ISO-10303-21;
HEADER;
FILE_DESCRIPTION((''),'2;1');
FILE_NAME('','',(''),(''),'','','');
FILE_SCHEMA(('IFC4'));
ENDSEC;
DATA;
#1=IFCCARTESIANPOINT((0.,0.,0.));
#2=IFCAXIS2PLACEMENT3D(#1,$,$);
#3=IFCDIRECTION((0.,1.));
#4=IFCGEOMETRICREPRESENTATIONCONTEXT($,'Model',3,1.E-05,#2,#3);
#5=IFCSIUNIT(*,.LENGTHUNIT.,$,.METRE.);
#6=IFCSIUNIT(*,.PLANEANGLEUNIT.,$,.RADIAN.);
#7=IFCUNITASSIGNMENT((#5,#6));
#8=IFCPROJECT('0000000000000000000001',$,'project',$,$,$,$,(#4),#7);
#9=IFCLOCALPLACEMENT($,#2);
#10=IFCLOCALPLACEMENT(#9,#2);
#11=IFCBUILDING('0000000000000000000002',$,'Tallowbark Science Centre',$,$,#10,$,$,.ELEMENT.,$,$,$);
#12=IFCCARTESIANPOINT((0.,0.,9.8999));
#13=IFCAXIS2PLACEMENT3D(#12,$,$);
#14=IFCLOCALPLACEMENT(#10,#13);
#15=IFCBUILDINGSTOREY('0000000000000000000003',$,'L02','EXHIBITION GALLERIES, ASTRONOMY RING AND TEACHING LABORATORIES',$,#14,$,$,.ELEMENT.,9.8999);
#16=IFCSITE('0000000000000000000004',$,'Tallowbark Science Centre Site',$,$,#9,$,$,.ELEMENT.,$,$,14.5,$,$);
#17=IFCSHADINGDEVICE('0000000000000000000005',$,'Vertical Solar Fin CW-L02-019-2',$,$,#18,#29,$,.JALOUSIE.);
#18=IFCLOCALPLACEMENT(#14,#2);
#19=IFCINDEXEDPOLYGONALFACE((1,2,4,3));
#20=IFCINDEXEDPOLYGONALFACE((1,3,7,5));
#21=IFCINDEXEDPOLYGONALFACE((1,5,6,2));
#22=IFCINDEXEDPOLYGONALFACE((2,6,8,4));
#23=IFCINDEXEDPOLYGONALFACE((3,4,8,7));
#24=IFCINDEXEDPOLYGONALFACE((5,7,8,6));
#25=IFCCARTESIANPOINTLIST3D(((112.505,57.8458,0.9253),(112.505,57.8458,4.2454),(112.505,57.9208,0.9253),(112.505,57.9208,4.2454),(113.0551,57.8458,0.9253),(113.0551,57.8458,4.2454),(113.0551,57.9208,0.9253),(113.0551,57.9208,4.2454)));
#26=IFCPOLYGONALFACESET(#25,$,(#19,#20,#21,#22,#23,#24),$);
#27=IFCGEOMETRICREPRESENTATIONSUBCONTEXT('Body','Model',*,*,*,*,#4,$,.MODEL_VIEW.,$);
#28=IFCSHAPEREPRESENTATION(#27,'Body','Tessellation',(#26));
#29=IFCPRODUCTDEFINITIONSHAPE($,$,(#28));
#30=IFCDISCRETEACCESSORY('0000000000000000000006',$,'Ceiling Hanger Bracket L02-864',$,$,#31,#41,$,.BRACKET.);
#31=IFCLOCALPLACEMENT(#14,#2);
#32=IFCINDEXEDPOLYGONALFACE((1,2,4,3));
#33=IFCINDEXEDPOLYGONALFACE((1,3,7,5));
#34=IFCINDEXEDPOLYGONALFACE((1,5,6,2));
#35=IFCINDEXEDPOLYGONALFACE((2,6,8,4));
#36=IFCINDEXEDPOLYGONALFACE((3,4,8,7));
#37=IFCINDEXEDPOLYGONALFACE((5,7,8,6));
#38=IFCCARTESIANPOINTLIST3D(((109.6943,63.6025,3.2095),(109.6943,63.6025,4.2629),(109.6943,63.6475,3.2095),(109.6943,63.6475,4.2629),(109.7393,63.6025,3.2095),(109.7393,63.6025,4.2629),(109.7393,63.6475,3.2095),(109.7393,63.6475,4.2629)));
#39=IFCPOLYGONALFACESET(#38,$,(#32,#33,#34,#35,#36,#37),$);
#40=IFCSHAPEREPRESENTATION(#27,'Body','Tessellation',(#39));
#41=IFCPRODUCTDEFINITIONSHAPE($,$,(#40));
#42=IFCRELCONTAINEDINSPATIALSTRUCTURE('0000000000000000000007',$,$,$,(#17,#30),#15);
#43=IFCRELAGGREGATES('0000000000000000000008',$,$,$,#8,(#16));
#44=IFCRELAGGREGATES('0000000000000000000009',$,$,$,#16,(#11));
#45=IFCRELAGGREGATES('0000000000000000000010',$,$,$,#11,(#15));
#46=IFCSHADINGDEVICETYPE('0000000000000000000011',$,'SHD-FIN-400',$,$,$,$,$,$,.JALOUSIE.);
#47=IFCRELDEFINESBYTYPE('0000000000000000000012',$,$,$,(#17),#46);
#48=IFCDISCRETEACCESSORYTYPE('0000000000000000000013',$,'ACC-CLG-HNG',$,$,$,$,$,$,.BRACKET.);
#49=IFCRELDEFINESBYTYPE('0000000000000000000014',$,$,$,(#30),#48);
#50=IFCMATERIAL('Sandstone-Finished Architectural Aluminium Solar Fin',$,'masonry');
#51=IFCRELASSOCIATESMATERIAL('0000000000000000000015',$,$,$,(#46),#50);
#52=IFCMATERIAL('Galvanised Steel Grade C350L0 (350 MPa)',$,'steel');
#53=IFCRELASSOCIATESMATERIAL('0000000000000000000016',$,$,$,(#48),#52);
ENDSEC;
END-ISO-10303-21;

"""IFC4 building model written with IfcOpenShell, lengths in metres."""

from ifc_helpers import new_model, si_unit, direction, frame, origin, origin_2d, place, context, subcontext, project, spatial, rectangle, extrude, material, type_object, element, save


model = new_model("IFC4")

# Units and contexts
model_context = context("Model", 3, precision=1e-05, world=origin(), true_north=direction((0.0, 1.0)))
body_context = subcontext(model_context, "Body", "Model", "MODEL_VIEW")
ifc_project = project(units=[si_unit("LENGTHUNIT", "METRE"), si_unit("PLANEANGLEUNIT", "RADIAN")], contexts=[model_context])

# Site, building, storey
site_placement = place(None, origin())
site = spatial("IfcSite", under=ifc_project, at=site_placement, Name="Tallowbark Science Centre Site", CompositionType="ELEMENT", RefElevation=14.5)
building_placement = place(site_placement, origin())
building = spatial("IfcBuilding", under=site, at=building_placement, Name="Tallowbark Science Centre", CompositionType="ELEMENT")
storey_placement = place(building_placement, frame((0.0, 0.0, 9.8999)))
storey = spatial("IfcBuildingStorey", under=building, at=storey_placement, Name="L02", Description="EXHIBITION GALLERIES, ASTRONOMY RING AND TEACHING LABORATORIES", CompositionType="ELEMENT", Elevation=9.8999)

# Shading device
ifc_material_1 = material(Name="Sandstone-Finished Architectural Aluminium Solar Fin", Category="masonry")
shading_device_type = type_object("IfcShadingDeviceType", Name="SHD-FIN-400", PredefinedType="JALOUSIE", material=ifc_material_1)
shading_device_placement = place(storey_placement, frame((112.78, 57.8833, 0.9253), z_axis=(0.0, 0.0, 1.0), x_axis=(0.0, 1.0, 0.0)))
element("IfcShadingDevice", 1, at=shading_device_placement, inside=storey, type_object=shading_device_type, Name="Vertical Solar Fin CW-L02-019-2", PredefinedType="JALOUSIE", context=body_context, shape_type="SweptSolid", body=[
    extrude(rectangle(XDim=0.075, YDim=0.55, at=origin_2d()), origin(), (0.0, 0.0, 1.0), 3.3201),
])

# Discrete accessory
ifc_material_2 = material(Name="Galvanised Steel Grade C350L0 (350 MPa)", Category="steel")
discrete_accessory_type = type_object("IfcDiscreteAccessoryType", Name="ACC-CLG-HNG", PredefinedType="BRACKET", material=ifc_material_2)
discrete_accessory_placement = place(storey_placement, frame((109.7168, 63.625, 3.2095), z_axis=(0.0, 0.0, 1.0), x_axis=(1.0, 0.0, 0.0)))
element("IfcDiscreteAccessory", 2, at=discrete_accessory_placement, inside=storey, type_object=discrete_accessory_type, Name="Ceiling Hanger Bracket L02-864", PredefinedType="BRACKET", context=body_context, shape_type="SweptSolid", body=[
    extrude(rectangle(XDim=0.0449, YDim=0.0449, at=origin_2d()), origin(), (0.0, 0.0, 1.0), 1.0535),
])

save(model, "model.ifc")
